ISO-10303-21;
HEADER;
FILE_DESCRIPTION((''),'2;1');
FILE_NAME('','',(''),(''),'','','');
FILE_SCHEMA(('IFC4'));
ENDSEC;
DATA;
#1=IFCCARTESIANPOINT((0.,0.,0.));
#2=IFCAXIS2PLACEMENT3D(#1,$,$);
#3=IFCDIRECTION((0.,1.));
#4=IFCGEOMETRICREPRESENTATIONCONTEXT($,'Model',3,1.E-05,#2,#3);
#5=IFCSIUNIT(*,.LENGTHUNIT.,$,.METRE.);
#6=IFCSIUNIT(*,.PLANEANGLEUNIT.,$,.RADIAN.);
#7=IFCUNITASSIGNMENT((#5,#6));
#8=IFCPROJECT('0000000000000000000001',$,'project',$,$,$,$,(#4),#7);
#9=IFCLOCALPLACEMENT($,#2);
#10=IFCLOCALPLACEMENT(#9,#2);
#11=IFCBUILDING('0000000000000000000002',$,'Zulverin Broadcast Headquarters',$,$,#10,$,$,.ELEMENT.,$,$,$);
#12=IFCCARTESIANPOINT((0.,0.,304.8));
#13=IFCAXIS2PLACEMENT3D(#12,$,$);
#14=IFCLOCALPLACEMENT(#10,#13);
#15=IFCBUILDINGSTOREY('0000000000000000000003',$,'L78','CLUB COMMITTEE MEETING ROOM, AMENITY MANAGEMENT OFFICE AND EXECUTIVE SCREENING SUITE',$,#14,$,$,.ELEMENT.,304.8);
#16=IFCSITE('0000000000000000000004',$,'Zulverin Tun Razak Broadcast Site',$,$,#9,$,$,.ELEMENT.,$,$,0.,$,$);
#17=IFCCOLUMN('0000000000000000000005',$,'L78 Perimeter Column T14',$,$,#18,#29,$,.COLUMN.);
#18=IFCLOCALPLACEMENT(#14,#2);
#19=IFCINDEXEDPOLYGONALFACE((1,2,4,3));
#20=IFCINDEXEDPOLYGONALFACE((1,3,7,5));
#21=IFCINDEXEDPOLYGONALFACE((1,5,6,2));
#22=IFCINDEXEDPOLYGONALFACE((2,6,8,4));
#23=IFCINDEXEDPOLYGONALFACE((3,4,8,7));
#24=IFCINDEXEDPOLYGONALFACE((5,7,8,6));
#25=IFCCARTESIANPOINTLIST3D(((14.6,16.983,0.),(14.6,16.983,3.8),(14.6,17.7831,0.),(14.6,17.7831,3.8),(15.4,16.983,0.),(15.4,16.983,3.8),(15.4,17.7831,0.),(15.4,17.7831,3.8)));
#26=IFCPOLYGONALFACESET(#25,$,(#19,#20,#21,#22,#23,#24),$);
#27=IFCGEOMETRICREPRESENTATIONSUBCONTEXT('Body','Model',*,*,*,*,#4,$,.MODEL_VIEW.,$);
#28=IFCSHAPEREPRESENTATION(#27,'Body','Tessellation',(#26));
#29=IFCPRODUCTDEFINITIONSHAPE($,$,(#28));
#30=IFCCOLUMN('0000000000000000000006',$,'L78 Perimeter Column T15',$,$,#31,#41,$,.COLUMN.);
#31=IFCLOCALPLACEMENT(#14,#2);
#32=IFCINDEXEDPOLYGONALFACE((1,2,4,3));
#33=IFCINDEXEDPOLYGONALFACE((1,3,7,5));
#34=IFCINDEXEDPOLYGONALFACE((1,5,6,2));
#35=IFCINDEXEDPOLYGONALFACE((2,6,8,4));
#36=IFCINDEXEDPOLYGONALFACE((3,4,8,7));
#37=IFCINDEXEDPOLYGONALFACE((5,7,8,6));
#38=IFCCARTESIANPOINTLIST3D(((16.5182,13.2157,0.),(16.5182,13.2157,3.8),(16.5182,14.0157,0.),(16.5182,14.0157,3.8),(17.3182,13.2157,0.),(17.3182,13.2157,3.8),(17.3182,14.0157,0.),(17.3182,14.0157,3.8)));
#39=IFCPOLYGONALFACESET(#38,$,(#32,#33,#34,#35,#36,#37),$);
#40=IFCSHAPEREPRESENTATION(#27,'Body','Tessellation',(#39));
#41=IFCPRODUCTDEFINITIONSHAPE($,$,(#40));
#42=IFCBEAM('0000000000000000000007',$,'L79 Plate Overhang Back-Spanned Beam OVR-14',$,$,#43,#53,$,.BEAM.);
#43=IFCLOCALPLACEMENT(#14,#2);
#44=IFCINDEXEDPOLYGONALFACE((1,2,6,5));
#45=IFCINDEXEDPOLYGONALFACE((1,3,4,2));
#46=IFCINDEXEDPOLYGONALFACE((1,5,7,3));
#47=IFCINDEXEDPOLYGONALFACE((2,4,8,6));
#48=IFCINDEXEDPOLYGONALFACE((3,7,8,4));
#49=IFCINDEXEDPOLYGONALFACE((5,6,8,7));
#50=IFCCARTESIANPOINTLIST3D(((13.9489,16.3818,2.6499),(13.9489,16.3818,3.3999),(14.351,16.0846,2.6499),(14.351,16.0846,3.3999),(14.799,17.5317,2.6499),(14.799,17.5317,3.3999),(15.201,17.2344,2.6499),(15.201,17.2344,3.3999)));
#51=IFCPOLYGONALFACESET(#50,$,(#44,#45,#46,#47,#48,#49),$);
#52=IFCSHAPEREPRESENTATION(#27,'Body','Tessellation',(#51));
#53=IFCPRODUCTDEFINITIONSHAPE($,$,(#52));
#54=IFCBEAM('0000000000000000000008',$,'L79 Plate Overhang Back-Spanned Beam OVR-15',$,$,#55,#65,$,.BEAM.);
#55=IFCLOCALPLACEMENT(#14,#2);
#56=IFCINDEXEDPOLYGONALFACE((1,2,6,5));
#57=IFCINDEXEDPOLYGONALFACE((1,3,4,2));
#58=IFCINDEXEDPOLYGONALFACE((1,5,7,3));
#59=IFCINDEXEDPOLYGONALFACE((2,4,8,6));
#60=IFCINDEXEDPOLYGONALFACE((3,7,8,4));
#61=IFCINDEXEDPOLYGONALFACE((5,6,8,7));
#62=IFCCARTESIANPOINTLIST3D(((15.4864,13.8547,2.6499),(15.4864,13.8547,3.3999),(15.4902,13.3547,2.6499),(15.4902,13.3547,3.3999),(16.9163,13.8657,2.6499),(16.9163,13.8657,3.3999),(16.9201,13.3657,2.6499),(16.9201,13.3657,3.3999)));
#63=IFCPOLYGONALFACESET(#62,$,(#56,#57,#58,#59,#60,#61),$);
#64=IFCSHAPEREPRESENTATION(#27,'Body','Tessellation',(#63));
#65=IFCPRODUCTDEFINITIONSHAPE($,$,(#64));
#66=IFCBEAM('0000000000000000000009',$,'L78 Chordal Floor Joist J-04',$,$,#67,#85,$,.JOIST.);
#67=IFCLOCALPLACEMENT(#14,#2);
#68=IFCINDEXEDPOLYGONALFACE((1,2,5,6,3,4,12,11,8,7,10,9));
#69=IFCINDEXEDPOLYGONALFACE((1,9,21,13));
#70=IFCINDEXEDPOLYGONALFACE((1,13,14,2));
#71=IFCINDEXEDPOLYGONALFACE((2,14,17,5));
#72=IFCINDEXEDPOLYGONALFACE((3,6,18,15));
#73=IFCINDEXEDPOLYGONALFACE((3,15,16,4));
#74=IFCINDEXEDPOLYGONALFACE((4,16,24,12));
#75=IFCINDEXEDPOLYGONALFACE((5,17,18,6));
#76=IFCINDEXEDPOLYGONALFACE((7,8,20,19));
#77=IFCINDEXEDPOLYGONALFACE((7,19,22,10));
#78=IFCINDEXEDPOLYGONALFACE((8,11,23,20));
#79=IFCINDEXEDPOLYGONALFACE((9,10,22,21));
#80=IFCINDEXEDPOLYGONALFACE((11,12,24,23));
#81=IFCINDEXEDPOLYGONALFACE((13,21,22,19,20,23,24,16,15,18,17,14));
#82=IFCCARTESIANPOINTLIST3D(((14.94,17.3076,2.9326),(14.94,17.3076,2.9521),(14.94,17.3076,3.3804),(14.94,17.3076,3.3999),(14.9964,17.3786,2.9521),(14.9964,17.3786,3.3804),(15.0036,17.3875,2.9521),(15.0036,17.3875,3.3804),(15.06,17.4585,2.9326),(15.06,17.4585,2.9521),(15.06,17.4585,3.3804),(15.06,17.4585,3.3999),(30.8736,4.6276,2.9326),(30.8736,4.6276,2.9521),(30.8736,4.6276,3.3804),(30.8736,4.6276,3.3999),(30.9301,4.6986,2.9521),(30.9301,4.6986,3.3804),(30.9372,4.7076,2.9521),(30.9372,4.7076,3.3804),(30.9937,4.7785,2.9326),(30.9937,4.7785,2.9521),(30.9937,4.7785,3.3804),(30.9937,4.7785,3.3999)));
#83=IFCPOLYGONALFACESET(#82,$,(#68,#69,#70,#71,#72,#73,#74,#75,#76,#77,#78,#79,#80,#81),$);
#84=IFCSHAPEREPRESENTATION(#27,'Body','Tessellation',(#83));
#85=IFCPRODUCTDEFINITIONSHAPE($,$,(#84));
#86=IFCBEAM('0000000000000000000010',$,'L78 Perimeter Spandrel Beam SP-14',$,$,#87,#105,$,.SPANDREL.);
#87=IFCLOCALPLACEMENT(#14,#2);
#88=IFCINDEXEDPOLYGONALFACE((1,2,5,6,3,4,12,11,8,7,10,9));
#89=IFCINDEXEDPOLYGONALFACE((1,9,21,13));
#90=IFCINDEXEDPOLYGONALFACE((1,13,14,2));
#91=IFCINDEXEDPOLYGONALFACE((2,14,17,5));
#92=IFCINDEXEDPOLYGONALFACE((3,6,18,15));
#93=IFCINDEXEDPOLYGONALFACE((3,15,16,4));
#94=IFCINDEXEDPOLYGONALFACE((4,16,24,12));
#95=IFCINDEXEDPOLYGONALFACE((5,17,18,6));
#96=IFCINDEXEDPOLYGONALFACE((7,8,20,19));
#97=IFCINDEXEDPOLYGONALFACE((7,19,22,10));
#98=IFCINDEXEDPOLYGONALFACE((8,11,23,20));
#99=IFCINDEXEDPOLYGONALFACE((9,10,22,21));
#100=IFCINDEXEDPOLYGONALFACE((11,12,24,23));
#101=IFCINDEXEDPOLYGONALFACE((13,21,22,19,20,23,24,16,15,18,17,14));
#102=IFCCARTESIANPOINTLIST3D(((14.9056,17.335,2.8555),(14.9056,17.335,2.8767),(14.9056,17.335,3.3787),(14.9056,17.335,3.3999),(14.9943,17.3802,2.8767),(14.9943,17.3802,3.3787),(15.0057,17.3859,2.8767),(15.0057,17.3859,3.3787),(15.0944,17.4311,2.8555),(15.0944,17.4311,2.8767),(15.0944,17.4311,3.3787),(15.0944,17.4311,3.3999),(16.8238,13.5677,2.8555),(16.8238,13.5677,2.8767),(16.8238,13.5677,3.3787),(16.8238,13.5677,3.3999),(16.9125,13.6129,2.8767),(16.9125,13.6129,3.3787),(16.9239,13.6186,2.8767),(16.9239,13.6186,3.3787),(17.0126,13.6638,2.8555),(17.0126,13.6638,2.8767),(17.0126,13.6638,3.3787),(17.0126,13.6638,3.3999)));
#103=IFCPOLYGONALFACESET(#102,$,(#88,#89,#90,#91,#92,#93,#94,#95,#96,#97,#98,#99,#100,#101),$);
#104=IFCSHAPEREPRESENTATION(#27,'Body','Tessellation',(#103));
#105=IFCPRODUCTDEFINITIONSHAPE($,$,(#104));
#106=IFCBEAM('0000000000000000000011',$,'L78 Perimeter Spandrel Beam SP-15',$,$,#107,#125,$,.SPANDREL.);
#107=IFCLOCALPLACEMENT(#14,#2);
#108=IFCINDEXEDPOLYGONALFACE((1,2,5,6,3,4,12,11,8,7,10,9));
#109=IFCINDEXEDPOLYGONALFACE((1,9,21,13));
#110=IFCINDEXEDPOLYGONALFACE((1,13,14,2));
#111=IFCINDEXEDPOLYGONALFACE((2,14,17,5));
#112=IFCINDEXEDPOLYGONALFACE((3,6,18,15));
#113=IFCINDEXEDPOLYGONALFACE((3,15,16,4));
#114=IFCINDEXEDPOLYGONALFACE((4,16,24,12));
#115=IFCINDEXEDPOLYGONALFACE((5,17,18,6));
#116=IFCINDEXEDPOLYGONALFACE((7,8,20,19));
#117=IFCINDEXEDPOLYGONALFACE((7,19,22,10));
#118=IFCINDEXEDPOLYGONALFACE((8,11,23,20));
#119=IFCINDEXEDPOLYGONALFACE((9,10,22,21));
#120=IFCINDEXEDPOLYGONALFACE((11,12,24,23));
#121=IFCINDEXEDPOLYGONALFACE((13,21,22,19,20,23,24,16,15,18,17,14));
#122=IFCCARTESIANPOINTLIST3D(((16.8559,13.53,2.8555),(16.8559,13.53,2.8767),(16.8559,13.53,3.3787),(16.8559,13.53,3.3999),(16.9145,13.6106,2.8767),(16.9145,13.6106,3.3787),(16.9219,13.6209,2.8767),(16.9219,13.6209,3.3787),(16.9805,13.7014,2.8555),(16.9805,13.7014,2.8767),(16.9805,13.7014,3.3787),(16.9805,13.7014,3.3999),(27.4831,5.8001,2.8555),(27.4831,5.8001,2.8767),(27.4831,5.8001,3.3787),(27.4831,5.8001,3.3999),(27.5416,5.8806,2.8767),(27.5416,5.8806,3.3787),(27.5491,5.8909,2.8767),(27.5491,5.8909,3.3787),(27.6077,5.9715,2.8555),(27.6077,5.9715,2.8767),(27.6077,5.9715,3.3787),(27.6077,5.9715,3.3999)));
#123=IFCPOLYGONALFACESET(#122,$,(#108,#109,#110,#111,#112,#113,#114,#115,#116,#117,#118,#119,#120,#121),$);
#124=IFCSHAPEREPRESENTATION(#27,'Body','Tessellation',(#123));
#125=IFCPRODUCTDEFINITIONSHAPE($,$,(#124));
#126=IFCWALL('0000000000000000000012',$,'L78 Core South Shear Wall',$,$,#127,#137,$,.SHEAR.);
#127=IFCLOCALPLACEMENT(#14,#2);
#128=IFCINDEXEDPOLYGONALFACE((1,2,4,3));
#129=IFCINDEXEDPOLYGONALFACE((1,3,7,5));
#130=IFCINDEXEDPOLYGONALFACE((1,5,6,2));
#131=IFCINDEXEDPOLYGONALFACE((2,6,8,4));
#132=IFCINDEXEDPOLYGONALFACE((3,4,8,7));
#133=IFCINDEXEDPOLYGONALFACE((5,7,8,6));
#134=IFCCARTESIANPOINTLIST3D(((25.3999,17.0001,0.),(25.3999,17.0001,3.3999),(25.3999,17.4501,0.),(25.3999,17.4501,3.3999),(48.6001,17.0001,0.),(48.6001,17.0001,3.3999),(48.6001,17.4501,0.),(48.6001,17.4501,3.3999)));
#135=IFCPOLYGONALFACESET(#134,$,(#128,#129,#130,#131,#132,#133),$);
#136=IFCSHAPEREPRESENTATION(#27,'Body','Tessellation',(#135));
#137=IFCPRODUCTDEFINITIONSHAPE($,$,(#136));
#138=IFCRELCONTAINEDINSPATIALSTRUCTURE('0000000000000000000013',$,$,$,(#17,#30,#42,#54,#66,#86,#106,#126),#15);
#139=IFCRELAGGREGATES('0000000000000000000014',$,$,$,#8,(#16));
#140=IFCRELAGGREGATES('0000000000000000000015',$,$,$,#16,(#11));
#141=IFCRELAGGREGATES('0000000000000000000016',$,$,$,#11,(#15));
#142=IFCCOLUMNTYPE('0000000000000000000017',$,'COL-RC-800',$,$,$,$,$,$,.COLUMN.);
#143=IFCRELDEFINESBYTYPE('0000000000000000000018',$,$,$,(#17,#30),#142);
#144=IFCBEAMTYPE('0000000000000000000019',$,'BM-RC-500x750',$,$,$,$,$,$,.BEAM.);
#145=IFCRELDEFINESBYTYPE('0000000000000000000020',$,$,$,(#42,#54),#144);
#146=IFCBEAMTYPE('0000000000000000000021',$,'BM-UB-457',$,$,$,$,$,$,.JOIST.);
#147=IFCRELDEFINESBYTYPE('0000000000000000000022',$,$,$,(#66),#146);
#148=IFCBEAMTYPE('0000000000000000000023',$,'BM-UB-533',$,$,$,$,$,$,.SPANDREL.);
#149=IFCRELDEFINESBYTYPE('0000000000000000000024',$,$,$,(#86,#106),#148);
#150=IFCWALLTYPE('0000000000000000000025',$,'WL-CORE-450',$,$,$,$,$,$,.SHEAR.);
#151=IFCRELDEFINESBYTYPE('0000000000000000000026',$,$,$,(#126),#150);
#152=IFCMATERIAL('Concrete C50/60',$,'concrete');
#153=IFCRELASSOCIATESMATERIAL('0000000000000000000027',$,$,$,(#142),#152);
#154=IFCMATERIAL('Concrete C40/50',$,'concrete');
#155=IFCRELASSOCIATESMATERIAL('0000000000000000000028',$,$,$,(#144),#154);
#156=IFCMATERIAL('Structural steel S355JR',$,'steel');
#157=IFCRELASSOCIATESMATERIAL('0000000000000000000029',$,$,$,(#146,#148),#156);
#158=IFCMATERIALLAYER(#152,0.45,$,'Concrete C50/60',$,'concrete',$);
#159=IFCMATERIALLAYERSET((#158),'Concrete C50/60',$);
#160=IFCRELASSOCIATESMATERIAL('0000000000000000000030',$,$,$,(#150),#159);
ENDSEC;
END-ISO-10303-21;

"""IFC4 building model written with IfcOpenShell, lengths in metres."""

from ifc_helpers import new_model, si_unit, direction, frame, frame_2d, origin, origin_2d, place, context, subcontext, project, spatial, rectangle, i_section, extrude, material, layer, layer_set, material_profile, profile_set, type_object, element, save


model = new_model("IFC4")

# Units and contexts
model_context = context("Model", 3, precision=1e-05, world=origin(), true_north=direction((0.0, 1.0)))
body_context = subcontext(model_context, "Body", "Model", "MODEL_VIEW")
ifc_project = project(units=[si_unit("LENGTHUNIT", "METRE"), si_unit("PLANEANGLEUNIT", "RADIAN")], contexts=[model_context])

# Site, building, storey
site_placement = place(None, origin())
site = spatial("IfcSite", under=ifc_project, at=site_placement, Name="Zulverin Tun Razak Broadcast Site", CompositionType="ELEMENT", RefElevation=0.0)
building_placement = place(site_placement, origin())
building = spatial("IfcBuilding", under=site, at=building_placement, Name="Zulverin Broadcast Headquarters", CompositionType="ELEMENT")
storey_placement = place(building_placement, frame((0.0, 0.0, 304.8)))
storey = spatial("IfcBuildingStorey", under=building, at=storey_placement, Name="L78", Description="CLUB COMMITTEE MEETING ROOM, AMENITY MANAGEMENT OFFICE AND EXECUTIVE SCREENING SUITE", CompositionType="ELEMENT", Elevation=304.8)

# Columns
ifc_material_1 = material(Name="Concrete C50/60", Category="concrete")
ifc_material_profile_1 = material_profile(ifc_material_1, rectangle(XDim=0.8, YDim=0.8, at=origin_2d()), Name="Concrete C50/60", Category="concrete")
ifc_profile_set_1 = profile_set([ifc_material_profile_1], Name="Concrete C50/60")
column_type = type_object("IfcColumnType", Name="COL-RC-800", PredefinedType="COLUMN", material=ifc_profile_set_1)
for number, where, z_axis, x_axis, name in (
    (1, (15.0, 17.3831, 0.0), (0.0, 0.0, 1.0), (1.0, 0.0, 0.0), "L78 Perimeter Column T14"),
    (2, (16.9182, 13.6157, 0.0), (0.0, 0.0, 1.0), (1.0, 0.0, 0.0), "L78 Perimeter Column T15"),
):
    element("IfcColumn", number, at=place(storey_placement, frame(where, z_axis=z_axis, x_axis=x_axis)), inside=storey, type_object=column_type, Name=name, PredefinedType="COLUMN", context=body_context, shape_type="SweptSolid", body=[
        extrude(rectangle(XDim=0.8, YDim=0.8, at=origin_2d()), origin(), (0.0, 0.0, 1.0), 3.8),
    ])

# Beams
ifc_material_2 = material(Name="Concrete C40/50", Category="concrete")
ifc_material_profile_2 = material_profile(ifc_material_2, rectangle(XDim=0.5, YDim=0.75, at=origin_2d()), Name="Concrete C40/50", Category="concrete")
ifc_profile_set_2 = profile_set([ifc_material_profile_2], Name="Concrete C40/50")
beam_type_1 = type_object("IfcBeamType", Name="BM-RC-500x750", PredefinedType="BEAM", material=ifc_profile_set_2)
for number, where, z_axis, x_axis, name in (
    (3, (15.0, 17.3831, 3.0249), (-0.594468, -0.804119, 0.0), (0.804119, -0.594468, 0.0), "L79 Plate Overhang Back-Spanned Beam OVR-14"),
    (4, (16.9182, 13.6157, 3.0249), (-0.99997, -0.007683, 0.0), (0.007683, -0.99997, 0.0), "L79 Plate Overhang Back-Spanned Beam OVR-15"),
):
    element("IfcBeam", number, at=place(storey_placement, frame(where, z_axis=z_axis, x_axis=x_axis)), inside=storey, type_object=beam_type_1, Name=name, PredefinedType="BEAM", context=body_context, shape_type="SweptSolid", body=[
        extrude(rectangle(XDim=0.5, YDim=0.75, at=origin_2d()), origin(), (0.0, 0.0, 1.0), 1.4299),
    ])
ifc_material_3 = material(Name="Structural steel S355JR", Category="steel")
ifc_material_profile_3 = material_profile(ifc_material_3, i_section(OverallWidth=0.1929, OverallDepth=0.4673, WebThickness=0.0115, FlangeThickness=0.0195, at=origin_2d()), Name="Structural steel S355JR", Category="steel")
ifc_profile_set_3 = profile_set([ifc_material_profile_3], Name="Structural steel S355JR")
beam_type_2 = type_object("IfcBeamType", Name="BM-UB-457", PredefinedType="JOIST", material=ifc_profile_set_3)
beam_1_placement = place(storey_placement, frame((15.0, 17.3831, 3.1663), z_axis=(0.78247, -0.622688, 0.0), x_axis=(0.622688, 0.78247, 0.0)))
element("IfcBeam", 5, at=beam_1_placement, inside=storey, type_object=beam_type_2, Name="L78 Chordal Floor Joist J-04", PredefinedType="JOIST", context=body_context, shape_type="SweptSolid", body=[
    extrude(i_section(OverallWidth=0.1929, OverallDepth=0.4673, WebThickness=0.0115, FlangeThickness=0.0195, at=origin_2d()), origin(), (0.0, 0.0, 1.0), 20.3633),
])
ifc_material_profile_4 = material_profile(ifc_material_3, i_section(OverallWidth=0.2119, OverallDepth=0.5444, WebThickness=0.0127, FlangeThickness=0.0212, at=origin_2d()), Name="Structural steel S355JR", Category="steel")
ifc_profile_set_4 = profile_set([ifc_material_profile_4], Name="Structural steel S355JR")
beam_type_3 = type_object("IfcBeamType", Name="BM-UB-533", PredefinedType="SPANDREL", material=ifc_profile_set_4)
beam_2_placement = place(storey_placement, frame((15.0, 17.3831, 3.1277), z_axis=(0.453739, -0.891135, 0.0), x_axis=(0.891135, 0.453739, 0.0)))
element("IfcBeam", 6, at=beam_2_placement, inside=storey, type_object=beam_type_3, Name="L78 Perimeter Spandrel Beam SP-14", PredefinedType="SPANDREL", context=body_context, shape_type="SweptSolid", body=[
    extrude(i_section(OverallWidth=0.2119, OverallDepth=0.5444, WebThickness=0.0127, FlangeThickness=0.0212, at=origin_2d()), origin(), (0.0, 0.0, 1.0), 4.2275),
])
beam_3_placement = place(storey_placement, frame((16.9182, 13.6157, 3.1277), z_axis=(0.808696, -0.588227, 0.0), x_axis=(0.588227, 0.808696, 0.0)))
element("IfcBeam", 7, at=beam_3_placement, inside=storey, type_object=beam_type_3, Name="L78 Perimeter Spandrel Beam SP-15", PredefinedType="SPANDREL", context=body_context, shape_type="SweptSolid", body=[
    extrude(i_section(OverallWidth=0.2119, OverallDepth=0.5444, WebThickness=0.0127, FlangeThickness=0.0212, at=origin_2d()), origin(), (0.0, 0.0, 1.0), 13.1411),
])

# Wall
ifc_layer_1 = layer(ifc_material_1, 0.45, Name="Concrete C50/60", Category="concrete")
ifc_layer_set_1 = layer_set([ifc_layer_1], Name="Concrete C50/60")
wall_type_1 = type_object("IfcWallType", Name="WL-CORE-450", PredefinedType="SHEAR", material=ifc_layer_set_1)
wall_1_placement = place(storey_placement, frame((25.3999, 17.2251, 0.0), z_axis=(0.0, 0.0, 1.0), x_axis=(1.0, 0.0, 0.0)))
element("IfcWall", 8, at=wall_1_placement, inside=storey, type_object=wall_type_1, Name="L78 Core South Shear Wall", PredefinedType="SHEAR", context=body_context, shape_type="SweptSolid", body=[
    extrude(rectangle(XDim=23.2002, YDim=0.45, at=frame_2d((11.6001, 0.0))), origin(), (0.0, 0.0, 1.0), 3.3999),
])

save(model, "model.ifc")
